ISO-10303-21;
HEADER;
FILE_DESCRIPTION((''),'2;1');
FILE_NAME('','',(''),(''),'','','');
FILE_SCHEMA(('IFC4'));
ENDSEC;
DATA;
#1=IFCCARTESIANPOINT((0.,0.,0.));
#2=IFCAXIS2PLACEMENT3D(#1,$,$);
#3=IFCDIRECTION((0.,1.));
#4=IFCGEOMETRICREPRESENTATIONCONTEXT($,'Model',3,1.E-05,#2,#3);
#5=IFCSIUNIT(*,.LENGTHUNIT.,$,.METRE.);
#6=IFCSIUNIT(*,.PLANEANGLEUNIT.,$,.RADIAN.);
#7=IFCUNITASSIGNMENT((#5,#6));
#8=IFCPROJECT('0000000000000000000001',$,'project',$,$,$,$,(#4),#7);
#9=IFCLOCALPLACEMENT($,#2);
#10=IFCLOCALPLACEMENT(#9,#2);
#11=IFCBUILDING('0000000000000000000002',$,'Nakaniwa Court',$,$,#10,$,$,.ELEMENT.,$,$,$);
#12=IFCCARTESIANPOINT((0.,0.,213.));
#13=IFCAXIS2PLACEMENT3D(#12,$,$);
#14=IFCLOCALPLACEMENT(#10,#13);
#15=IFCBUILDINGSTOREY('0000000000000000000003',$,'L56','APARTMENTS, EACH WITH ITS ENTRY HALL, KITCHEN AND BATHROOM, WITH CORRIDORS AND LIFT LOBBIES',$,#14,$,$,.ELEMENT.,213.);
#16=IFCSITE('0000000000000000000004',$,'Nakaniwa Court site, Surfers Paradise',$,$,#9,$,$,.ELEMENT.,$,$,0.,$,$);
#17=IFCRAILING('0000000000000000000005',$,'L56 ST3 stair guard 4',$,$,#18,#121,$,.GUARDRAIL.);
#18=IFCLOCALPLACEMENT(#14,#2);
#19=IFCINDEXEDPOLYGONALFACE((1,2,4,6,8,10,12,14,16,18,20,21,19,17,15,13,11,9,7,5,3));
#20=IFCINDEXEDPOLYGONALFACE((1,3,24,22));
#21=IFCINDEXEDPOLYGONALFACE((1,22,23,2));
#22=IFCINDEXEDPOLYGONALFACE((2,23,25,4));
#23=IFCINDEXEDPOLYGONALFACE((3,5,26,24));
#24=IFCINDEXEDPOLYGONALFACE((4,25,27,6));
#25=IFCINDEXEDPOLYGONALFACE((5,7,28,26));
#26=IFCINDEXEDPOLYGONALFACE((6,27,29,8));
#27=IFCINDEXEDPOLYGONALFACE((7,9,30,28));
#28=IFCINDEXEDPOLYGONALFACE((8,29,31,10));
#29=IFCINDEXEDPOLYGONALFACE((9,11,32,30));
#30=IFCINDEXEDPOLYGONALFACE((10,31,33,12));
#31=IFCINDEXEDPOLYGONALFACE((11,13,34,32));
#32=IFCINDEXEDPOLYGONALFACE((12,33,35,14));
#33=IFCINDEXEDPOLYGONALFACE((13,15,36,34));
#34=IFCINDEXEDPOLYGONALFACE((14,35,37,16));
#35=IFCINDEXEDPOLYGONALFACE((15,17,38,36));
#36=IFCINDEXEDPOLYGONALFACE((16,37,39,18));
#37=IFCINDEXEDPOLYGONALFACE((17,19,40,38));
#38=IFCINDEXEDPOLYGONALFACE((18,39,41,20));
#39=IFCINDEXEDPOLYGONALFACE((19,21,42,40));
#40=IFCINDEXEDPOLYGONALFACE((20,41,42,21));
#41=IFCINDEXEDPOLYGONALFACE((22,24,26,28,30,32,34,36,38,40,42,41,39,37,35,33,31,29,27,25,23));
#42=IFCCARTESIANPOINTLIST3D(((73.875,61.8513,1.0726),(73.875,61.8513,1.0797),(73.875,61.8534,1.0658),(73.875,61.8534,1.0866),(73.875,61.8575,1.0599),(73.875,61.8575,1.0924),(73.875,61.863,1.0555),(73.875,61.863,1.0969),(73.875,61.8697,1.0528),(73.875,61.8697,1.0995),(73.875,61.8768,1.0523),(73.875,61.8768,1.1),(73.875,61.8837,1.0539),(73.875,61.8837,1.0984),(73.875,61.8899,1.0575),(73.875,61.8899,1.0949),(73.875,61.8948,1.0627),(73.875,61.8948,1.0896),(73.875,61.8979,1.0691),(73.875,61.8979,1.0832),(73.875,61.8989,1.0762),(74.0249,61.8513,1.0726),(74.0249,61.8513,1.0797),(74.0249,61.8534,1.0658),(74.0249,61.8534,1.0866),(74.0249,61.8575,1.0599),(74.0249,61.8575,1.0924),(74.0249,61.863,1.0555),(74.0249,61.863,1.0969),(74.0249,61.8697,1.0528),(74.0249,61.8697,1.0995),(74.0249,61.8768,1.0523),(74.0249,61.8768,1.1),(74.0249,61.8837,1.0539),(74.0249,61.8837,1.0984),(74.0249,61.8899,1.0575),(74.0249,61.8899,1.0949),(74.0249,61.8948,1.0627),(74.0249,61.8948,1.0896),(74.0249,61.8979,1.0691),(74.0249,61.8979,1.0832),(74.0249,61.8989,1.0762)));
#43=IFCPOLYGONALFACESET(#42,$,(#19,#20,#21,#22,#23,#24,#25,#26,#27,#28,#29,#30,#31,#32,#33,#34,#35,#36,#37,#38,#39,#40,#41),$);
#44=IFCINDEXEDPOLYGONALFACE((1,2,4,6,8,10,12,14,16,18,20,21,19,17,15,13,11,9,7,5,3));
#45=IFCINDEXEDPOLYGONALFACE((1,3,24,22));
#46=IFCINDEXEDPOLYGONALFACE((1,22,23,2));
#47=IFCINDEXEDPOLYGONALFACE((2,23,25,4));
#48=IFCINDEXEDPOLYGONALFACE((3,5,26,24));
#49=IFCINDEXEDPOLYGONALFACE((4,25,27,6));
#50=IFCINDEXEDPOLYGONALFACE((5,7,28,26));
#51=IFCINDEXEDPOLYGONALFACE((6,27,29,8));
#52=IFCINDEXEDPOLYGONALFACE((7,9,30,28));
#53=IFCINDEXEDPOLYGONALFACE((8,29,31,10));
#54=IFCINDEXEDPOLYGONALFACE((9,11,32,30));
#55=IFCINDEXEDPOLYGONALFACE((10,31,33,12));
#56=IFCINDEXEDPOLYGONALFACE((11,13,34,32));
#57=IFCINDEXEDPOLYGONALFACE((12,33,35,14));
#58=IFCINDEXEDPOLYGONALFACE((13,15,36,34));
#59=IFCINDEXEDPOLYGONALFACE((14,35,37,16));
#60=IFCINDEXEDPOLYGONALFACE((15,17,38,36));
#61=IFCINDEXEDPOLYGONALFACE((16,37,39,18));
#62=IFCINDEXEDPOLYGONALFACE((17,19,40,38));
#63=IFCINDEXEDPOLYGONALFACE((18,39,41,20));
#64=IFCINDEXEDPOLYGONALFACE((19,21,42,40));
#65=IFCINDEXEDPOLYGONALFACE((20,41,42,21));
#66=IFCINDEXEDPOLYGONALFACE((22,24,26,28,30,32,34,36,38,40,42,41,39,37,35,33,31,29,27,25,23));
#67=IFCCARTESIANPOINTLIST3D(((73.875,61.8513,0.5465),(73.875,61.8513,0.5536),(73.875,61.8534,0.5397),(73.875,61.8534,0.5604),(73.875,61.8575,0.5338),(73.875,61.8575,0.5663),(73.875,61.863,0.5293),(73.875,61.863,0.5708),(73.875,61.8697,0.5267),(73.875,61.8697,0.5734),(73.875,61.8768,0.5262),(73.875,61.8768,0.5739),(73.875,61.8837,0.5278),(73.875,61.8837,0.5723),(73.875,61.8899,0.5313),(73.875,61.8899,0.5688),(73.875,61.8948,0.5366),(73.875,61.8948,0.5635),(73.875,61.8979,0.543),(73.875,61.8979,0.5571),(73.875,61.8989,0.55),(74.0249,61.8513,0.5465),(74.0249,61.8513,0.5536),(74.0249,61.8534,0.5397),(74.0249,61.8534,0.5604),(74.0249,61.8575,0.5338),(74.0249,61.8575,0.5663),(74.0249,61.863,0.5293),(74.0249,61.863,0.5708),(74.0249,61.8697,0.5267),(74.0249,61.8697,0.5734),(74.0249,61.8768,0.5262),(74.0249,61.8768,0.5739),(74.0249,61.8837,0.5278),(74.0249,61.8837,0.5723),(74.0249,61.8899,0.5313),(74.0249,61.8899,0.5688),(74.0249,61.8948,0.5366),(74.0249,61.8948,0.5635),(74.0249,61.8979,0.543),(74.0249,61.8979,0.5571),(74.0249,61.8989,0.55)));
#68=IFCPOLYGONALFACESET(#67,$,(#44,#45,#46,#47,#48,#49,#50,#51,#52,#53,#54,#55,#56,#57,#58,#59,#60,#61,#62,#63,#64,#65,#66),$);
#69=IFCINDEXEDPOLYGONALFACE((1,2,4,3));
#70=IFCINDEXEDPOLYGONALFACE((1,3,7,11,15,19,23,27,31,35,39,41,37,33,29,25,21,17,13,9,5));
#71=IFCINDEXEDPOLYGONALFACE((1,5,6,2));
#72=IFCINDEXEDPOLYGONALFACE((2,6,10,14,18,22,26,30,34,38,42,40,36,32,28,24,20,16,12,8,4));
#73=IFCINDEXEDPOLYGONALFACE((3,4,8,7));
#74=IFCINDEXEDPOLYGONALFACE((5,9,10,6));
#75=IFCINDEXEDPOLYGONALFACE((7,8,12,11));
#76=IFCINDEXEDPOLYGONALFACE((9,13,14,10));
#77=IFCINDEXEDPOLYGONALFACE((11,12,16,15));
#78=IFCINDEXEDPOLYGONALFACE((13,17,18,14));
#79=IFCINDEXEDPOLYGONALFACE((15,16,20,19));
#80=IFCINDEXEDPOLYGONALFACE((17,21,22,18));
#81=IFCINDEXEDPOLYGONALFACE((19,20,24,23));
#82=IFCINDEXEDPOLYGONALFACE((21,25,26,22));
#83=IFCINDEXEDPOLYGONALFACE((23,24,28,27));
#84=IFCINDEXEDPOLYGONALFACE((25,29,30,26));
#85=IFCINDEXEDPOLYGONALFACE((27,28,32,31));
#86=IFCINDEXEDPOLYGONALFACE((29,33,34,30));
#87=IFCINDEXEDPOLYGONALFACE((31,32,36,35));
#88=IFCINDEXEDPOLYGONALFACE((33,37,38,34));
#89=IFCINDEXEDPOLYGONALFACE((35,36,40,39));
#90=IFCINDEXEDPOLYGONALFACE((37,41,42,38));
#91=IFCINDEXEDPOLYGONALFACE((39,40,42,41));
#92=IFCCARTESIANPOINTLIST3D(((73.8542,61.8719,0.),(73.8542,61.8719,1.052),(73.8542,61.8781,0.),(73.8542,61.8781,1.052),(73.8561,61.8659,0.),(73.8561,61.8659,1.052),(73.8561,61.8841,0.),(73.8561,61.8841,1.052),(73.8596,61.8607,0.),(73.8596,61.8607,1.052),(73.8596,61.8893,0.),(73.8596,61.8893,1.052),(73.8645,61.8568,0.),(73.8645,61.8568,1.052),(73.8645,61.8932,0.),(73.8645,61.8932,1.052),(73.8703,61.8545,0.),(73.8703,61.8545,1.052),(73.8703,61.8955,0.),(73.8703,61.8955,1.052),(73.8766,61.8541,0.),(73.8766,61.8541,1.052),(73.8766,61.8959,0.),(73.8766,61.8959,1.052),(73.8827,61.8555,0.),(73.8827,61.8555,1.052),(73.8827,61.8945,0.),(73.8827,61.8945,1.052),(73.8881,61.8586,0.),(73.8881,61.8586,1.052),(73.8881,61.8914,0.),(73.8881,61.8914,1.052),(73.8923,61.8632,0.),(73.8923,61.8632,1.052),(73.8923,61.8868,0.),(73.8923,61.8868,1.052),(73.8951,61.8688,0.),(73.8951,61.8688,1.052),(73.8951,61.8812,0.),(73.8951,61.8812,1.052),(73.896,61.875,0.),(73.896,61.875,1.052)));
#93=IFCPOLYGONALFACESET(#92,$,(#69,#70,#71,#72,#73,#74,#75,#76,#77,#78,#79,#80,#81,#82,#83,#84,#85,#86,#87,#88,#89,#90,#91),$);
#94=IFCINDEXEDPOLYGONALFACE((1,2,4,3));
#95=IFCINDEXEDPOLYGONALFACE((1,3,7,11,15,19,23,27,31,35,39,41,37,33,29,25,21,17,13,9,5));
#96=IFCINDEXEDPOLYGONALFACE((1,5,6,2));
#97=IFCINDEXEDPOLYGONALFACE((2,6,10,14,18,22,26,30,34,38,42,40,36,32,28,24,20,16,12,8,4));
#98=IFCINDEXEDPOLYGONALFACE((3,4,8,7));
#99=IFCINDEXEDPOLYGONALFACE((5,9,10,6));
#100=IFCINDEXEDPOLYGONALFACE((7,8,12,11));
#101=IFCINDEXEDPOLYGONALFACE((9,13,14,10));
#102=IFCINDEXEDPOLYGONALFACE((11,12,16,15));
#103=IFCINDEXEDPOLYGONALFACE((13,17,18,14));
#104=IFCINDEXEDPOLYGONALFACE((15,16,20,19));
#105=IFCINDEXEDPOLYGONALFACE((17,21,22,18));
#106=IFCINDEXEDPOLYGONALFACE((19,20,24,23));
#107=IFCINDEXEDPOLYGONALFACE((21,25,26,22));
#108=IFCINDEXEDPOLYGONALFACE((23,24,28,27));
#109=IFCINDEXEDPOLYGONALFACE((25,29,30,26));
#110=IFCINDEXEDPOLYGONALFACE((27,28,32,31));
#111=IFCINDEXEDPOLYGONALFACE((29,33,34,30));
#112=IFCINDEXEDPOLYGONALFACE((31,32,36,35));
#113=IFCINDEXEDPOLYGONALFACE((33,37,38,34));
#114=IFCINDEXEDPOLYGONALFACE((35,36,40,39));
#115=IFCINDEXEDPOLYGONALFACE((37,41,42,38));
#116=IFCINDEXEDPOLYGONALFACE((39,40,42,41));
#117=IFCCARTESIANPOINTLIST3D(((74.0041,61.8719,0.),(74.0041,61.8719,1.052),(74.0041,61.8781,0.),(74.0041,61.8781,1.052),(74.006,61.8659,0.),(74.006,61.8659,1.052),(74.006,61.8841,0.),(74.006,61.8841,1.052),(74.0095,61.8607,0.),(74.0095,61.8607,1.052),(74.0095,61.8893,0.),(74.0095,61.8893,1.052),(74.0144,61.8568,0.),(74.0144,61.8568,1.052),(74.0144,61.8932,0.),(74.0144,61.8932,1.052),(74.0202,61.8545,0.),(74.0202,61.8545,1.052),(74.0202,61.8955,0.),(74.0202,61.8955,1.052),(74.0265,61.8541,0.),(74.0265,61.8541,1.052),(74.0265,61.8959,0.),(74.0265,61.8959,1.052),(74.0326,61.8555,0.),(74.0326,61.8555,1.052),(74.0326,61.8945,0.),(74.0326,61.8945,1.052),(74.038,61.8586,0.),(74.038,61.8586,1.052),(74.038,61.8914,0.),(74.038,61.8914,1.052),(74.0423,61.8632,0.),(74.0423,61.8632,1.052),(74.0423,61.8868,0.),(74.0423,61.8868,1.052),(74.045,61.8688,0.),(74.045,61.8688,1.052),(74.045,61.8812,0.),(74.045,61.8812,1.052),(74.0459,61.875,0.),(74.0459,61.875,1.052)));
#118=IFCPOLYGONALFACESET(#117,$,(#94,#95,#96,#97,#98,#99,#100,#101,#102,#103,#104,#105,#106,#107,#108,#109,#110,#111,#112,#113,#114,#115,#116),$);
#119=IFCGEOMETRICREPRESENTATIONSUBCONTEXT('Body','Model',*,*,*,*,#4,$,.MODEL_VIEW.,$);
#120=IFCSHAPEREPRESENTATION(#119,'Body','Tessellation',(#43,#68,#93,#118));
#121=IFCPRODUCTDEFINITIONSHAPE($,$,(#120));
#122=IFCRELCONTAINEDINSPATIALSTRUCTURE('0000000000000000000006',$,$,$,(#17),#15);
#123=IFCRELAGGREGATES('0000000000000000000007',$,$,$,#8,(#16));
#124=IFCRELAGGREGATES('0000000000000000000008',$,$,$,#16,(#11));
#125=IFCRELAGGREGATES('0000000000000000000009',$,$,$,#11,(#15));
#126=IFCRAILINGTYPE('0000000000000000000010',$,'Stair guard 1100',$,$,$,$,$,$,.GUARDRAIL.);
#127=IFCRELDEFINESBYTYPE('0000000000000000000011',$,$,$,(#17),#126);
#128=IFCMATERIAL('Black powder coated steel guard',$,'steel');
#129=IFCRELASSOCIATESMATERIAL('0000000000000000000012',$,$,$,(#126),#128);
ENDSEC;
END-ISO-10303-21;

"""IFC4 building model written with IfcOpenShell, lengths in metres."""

from ifc_helpers import new_model, si_unit, direction, frame, origin, origin_2d, place, context, subcontext, project, spatial, circle, extrude, material, type_object, element, save


model = new_model("IFC4")

# Units and contexts
model_context = context("Model", 3, precision=1e-05, world=origin(), true_north=direction((0.0, 1.0)))
body_context = subcontext(model_context, "Body", "Model", "MODEL_VIEW")
ifc_project = project(units=[si_unit("LENGTHUNIT", "METRE"), si_unit("PLANEANGLEUNIT", "RADIAN")], contexts=[model_context])

# Site, building, storey
site_placement = place(None, origin())
site = spatial("IfcSite", under=ifc_project, at=site_placement, Name="Nakaniwa Court site, Surfers Paradise", CompositionType="ELEMENT", RefElevation=0.0)
building_placement = place(site_placement, origin())
building = spatial("IfcBuilding", under=site, at=building_placement, Name="Nakaniwa Court", CompositionType="ELEMENT")
storey_placement = place(building_placement, frame((0.0, 0.0, 213.0)))
storey = spatial("IfcBuildingStorey", under=building, at=storey_placement, Name="L56", Description="APARTMENTS, EACH WITH ITS ENTRY HALL, KITCHEN AND BATHROOM, WITH CORRIDORS AND LIFT LOBBIES", CompositionType="ELEMENT", Elevation=213.0)

# Railing
ifc_material_1 = material(Name="Black powder coated steel guard", Category="steel")
railing_type_1 = type_object("IfcRailingType", Name="Stair guard 1100", PredefinedType="GUARDRAIL", material=ifc_material_1)
railing_1_placement = place(storey_placement, frame((73.875, 61.875, 0.0)))
element("IfcRailing", 1, at=railing_1_placement, inside=storey, type_object=railing_type_1, Name="L56 ST3 stair guard 4", PredefinedType="GUARDRAIL", context=body_context, shape_type="SweptSolid", body=[
    extrude(circle(Radius=0.0239, at=origin_2d()), frame((0.0, 0.0, 1.0762), z_axis=(1.0, 0.0, 0.0), x_axis=(0.0, 1.0, 0.0)), (0.0, 0.0, 1.0), 0.1499),
    extrude(circle(Radius=0.0239, at=origin_2d()), frame((0.0, 0.0, 0.55), z_axis=(1.0, 0.0, 0.0), x_axis=(0.0, 1.0, 0.0)), (0.0, 0.0, 1.0), 0.1499),
    extrude(circle(Radius=0.021, at=origin_2d()), origin(), (0.0, 0.0, 1.0), 1.052),
    extrude(circle(Radius=0.021, at=origin_2d()), frame((0.1499, 0.0, 0.0)), (0.0, 0.0, 1.0), 1.052),
])

save(model, "model.ifc")
